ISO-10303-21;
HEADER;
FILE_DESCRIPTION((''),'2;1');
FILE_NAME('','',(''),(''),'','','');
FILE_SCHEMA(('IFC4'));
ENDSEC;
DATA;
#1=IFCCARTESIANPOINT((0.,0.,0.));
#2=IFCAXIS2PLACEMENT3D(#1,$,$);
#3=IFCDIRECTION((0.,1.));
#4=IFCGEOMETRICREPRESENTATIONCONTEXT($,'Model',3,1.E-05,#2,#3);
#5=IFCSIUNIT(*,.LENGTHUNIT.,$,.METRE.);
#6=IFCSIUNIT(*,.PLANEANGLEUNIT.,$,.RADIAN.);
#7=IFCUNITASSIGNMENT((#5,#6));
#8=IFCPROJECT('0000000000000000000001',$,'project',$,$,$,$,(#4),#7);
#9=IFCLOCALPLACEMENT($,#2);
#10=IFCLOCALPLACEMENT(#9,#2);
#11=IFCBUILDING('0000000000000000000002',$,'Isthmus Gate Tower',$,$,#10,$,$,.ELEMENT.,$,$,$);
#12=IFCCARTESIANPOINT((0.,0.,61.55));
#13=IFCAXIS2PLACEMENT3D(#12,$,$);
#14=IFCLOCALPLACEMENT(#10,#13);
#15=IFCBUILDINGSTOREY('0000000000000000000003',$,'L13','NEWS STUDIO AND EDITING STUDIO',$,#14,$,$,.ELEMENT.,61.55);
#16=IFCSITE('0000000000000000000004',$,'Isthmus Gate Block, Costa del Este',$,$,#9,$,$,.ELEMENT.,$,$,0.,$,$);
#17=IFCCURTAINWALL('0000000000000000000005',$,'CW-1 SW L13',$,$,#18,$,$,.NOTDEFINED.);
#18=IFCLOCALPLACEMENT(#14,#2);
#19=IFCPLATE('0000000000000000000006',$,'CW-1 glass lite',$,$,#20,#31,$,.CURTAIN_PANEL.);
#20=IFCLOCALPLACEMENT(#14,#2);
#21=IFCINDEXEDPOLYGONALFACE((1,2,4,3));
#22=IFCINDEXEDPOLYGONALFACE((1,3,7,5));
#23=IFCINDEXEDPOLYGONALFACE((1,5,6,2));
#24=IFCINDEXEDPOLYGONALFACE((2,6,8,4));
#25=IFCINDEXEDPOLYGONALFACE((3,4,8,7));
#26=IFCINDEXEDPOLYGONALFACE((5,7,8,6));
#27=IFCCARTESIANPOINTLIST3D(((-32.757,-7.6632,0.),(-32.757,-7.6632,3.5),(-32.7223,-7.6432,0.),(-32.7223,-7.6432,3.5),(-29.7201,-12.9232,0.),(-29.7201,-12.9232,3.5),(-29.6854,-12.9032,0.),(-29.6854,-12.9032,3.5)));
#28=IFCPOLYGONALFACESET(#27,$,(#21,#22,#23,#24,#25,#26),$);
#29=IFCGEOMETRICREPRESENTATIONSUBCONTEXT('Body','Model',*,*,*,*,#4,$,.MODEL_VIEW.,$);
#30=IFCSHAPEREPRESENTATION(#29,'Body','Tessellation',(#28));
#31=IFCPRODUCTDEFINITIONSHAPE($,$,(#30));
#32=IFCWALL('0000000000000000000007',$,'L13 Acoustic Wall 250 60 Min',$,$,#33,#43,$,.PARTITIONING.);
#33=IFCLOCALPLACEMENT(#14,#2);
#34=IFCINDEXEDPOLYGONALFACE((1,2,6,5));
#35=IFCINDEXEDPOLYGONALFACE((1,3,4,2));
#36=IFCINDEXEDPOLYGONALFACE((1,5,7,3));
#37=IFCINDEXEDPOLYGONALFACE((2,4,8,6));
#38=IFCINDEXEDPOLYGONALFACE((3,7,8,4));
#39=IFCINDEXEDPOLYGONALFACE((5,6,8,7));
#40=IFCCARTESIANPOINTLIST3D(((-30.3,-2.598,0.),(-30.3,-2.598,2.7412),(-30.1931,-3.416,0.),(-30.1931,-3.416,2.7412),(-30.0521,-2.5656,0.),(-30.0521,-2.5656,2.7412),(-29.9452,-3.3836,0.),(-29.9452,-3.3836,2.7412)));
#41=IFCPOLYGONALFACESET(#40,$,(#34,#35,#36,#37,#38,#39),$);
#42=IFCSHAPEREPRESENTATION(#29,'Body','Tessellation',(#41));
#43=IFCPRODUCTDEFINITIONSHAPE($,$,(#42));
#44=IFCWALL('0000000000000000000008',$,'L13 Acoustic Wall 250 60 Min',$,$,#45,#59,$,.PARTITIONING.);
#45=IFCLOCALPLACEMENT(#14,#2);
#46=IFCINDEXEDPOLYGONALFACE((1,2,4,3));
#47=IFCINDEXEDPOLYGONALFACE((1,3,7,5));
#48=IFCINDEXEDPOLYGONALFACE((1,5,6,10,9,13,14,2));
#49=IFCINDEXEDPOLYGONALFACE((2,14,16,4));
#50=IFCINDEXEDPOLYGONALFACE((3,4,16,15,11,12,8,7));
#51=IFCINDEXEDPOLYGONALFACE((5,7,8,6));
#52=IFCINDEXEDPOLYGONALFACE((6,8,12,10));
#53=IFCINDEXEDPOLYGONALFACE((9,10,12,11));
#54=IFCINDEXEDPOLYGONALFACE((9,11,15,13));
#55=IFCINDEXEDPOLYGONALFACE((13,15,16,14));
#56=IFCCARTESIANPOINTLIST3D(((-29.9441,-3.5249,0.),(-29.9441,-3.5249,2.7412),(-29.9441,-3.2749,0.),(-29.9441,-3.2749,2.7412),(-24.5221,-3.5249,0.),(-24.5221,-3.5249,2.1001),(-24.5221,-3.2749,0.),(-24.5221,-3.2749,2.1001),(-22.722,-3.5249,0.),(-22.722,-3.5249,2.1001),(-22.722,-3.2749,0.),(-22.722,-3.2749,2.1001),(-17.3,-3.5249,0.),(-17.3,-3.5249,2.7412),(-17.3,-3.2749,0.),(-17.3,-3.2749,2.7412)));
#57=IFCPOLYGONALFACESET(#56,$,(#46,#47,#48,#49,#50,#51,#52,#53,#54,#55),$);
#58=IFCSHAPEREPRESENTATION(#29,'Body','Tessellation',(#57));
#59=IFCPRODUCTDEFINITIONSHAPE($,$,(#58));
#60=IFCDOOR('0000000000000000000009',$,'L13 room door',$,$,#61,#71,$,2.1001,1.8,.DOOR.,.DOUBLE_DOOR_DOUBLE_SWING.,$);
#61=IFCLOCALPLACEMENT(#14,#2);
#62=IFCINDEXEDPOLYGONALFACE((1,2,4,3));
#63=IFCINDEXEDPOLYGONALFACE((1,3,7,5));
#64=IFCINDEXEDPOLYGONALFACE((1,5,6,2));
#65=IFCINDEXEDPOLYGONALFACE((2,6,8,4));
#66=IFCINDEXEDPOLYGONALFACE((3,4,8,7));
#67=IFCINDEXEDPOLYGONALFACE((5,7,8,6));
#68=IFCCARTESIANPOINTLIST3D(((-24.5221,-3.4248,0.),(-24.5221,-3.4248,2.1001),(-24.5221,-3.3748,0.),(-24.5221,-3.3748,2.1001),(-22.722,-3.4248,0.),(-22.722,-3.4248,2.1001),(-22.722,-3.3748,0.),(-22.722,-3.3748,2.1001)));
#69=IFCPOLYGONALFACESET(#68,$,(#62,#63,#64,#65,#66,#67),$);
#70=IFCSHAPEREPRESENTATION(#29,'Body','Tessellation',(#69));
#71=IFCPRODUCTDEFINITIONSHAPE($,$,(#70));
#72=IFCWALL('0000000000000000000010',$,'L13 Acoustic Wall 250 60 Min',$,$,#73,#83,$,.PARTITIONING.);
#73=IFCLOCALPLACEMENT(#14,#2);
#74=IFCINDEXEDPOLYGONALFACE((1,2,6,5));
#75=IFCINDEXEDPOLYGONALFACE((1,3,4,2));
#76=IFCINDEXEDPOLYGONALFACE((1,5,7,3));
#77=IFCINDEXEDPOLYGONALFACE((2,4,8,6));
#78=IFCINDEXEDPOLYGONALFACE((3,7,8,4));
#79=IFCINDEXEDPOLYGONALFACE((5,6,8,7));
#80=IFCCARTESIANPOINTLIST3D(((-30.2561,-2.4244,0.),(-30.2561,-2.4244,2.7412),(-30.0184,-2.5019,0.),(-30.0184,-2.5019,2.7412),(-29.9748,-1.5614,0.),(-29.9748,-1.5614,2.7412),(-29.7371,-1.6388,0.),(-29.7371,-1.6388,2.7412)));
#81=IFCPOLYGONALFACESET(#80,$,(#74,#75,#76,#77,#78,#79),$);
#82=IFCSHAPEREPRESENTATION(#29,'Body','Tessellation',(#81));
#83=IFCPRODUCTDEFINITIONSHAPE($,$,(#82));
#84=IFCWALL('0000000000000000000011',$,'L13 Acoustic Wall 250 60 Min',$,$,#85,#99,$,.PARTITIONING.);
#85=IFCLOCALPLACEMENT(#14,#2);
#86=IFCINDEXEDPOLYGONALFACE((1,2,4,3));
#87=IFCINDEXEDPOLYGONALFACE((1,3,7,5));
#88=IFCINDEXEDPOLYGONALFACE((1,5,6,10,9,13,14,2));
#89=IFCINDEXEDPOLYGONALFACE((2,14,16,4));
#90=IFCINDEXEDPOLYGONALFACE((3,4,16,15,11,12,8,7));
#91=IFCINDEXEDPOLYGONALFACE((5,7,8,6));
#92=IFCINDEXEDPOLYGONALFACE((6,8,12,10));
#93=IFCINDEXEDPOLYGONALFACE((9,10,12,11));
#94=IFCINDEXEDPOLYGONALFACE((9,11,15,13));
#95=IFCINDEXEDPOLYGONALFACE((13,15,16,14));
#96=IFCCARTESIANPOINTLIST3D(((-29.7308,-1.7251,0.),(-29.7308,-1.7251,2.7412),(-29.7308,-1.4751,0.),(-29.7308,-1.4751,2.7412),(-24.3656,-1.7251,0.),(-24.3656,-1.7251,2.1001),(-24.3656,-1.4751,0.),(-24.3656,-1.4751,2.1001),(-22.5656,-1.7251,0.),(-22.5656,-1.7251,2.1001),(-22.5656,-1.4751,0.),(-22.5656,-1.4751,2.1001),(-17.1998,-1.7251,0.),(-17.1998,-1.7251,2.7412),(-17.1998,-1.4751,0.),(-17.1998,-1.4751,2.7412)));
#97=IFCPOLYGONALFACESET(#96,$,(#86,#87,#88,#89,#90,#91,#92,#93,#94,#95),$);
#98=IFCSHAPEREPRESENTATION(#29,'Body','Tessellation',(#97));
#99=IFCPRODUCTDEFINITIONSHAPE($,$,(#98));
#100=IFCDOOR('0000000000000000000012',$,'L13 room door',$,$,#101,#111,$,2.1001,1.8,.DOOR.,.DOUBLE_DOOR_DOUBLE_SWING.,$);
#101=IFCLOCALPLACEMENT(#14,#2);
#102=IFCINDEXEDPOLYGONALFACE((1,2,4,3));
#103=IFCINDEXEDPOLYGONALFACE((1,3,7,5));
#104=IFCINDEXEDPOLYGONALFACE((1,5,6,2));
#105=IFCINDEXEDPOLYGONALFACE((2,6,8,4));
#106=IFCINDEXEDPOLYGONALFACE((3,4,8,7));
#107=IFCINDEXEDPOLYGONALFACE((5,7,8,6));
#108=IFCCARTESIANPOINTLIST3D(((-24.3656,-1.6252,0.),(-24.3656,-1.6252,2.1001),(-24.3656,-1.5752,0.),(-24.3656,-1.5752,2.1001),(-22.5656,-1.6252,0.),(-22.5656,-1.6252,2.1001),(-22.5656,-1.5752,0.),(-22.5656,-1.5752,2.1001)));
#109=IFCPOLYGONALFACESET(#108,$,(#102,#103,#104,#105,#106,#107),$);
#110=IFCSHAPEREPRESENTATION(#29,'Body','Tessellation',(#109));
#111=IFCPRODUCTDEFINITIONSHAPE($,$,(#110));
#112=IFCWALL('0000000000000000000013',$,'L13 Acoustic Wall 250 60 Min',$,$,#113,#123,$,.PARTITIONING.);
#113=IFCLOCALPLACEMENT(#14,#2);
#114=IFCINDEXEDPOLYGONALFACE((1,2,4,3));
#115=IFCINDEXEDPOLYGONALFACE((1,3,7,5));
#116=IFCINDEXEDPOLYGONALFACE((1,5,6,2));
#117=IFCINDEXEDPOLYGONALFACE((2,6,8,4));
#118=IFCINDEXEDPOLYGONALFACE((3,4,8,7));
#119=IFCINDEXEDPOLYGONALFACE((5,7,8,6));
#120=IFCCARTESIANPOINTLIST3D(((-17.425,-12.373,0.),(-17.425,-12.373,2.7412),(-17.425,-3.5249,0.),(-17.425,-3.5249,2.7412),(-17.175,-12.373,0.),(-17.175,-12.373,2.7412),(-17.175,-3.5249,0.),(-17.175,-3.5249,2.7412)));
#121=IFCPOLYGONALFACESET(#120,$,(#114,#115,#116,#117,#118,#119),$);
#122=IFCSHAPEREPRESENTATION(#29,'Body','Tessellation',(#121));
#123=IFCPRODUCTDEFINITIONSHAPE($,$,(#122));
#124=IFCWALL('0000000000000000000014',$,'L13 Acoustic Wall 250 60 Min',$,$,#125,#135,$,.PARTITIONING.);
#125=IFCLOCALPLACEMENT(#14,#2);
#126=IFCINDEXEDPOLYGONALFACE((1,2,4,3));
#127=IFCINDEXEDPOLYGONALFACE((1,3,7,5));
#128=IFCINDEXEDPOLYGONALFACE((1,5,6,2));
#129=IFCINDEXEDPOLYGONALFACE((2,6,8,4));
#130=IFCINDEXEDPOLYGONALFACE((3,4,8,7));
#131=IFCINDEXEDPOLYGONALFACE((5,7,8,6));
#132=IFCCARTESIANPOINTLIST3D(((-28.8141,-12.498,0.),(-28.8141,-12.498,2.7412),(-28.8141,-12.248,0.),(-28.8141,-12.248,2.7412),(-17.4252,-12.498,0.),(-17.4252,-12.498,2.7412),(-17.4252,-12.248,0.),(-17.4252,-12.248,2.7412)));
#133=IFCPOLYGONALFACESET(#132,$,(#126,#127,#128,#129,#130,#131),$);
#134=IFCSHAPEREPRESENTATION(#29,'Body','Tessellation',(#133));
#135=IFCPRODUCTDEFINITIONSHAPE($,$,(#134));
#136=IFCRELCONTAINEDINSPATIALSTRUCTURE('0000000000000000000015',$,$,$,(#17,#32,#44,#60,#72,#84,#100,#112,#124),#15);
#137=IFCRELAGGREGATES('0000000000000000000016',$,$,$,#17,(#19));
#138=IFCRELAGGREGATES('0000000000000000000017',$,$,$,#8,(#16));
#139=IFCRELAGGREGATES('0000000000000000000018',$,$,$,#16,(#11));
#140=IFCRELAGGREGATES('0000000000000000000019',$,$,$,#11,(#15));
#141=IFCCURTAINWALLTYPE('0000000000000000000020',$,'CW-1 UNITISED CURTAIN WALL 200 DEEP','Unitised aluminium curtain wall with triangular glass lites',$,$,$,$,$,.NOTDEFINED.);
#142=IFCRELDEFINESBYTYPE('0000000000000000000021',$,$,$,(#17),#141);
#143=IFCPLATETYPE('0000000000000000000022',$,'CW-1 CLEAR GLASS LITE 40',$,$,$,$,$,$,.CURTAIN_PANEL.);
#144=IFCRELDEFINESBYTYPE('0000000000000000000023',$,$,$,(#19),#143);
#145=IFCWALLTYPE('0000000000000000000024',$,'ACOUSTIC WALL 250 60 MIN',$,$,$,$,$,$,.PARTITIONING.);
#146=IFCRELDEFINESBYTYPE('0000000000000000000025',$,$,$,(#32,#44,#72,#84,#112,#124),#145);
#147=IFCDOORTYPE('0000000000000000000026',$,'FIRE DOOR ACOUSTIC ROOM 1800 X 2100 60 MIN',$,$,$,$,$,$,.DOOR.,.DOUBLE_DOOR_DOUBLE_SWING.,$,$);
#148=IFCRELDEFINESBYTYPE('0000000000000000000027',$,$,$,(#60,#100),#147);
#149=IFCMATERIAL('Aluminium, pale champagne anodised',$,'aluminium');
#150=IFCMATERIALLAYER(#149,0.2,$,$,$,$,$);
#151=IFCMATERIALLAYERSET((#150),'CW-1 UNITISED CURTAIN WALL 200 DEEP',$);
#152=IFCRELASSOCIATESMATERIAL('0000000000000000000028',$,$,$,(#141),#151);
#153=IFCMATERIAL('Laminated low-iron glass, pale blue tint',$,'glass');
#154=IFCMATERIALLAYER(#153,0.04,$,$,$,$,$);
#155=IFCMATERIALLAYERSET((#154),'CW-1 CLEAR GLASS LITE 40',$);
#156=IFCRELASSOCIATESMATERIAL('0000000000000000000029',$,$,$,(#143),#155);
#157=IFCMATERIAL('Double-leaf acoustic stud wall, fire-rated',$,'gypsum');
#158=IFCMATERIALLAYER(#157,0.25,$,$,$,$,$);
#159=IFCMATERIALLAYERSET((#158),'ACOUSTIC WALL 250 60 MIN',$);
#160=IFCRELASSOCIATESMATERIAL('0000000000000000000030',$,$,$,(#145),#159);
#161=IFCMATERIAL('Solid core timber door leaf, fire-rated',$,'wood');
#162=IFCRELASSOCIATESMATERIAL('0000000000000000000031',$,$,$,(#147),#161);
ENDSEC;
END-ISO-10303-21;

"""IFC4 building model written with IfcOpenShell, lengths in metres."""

from ifc_helpers import new_model, si_unit, direction, frame, frame_2d, origin, origin_2d, place, context, subcontext, project, spatial, rectangle, extrude, material, layer, layer_set, type_object, element, fill, aggregate, save


model = new_model("IFC4")

# Units and contexts
model_context = context("Model", 3, precision=1e-05, world=origin(), true_north=direction((0.0, 1.0)))
body_context = subcontext(model_context, "Body", "Model", "MODEL_VIEW")
ifc_project = project(units=[si_unit("LENGTHUNIT", "METRE"), si_unit("PLANEANGLEUNIT", "RADIAN")], contexts=[model_context])

# Site, building, storey
site_placement = place(None, origin())
site = spatial("IfcSite", under=ifc_project, at=site_placement, Name="Isthmus Gate Block, Costa del Este", CompositionType="ELEMENT", RefElevation=0.0)
building_placement = place(site_placement, origin())
building = spatial("IfcBuilding", under=site, at=building_placement, Name="Isthmus Gate Tower", CompositionType="ELEMENT")
storey_placement = place(building_placement, frame((0.0, 0.0, 61.55)))
storey = spatial("IfcBuildingStorey", under=building, at=storey_placement, Name="L13", Description="NEWS STUDIO AND EDITING STUDIO", CompositionType="ELEMENT", Elevation=61.55)

# Curtain wall
ifc_material_1 = material(Name="Aluminium, pale champagne anodised", Category="aluminium")
ifc_layer_1 = layer(ifc_material_1, 0.2)
ifc_layer_set_1 = layer_set([ifc_layer_1], Name="CW-1 UNITISED CURTAIN WALL 200 DEEP")
curtain_wall_type = type_object("IfcCurtainWallType", Name="CW-1 UNITISED CURTAIN WALL 200 DEEP", Description="Unitised aluminium curtain wall with triangular glass lites", PredefinedType="NOTDEFINED", material=ifc_layer_set_1)
curtain_wall_1_placement = place(storey_placement, origin())
curtain_wall_1 = element("IfcCurtainWall", 1, at=curtain_wall_1_placement, inside=storey, type_object=curtain_wall_type, Name="CW-1 SW L13", PredefinedType="NOTDEFINED")

# Shared definitions
ifc_material_2 = material(Name="Laminated low-iron glass, pale blue tint", Category="glass")
ifc_layer_2 = layer(ifc_material_2, 0.04)
ifc_layer_set_2 = layer_set([ifc_layer_2], Name="CW-1 CLEAR GLASS LITE 40")
plate_type = type_object("IfcPlateType", Name="CW-1 CLEAR GLASS LITE 40", PredefinedType="CURTAIN_PANEL", material=ifc_layer_set_2)

# Plate
plate_1_placement = place(storey_placement, frame((-31.2212, -10.2832, 0.0), z_axis=(0.0, 0.0, 1.0), x_axis=(0.5, -0.866025, 0.0)))
plate_1 = element("IfcPlate", 2, at=plate_1_placement, type_object=plate_type, Name="CW-1 glass lite", PredefinedType="CURTAIN_PANEL", context=body_context, shape_type="SweptSolid", body=[
    extrude(rectangle(XDim=6.0737, YDim=0.04, at=origin_2d()), origin(), (0.0, 0.0, 1.0), 3.5),
])
aggregate(curtain_wall_1, [plate_1])

# Wall
ifc_material_3 = material(Name="Double-leaf acoustic stud wall, fire-rated", Category="gypsum")
ifc_layer_3 = layer(ifc_material_3, 0.25)
ifc_layer_set_3 = layer_set([ifc_layer_3], Name="ACOUSTIC WALL 250 60 MIN")
wall_type = type_object("IfcWallType", Name="ACOUSTIC WALL 250 60 MIN", PredefinedType="PARTITIONING", material=ifc_layer_set_3)
wall_1_placement = place(storey_placement, frame((-30.0691, -3.3999, 0.0), z_axis=(0.0, 0.0, 1.0), x_axis=(-0.129643, 0.991561, 0.0)))
element("IfcWall", 3, at=wall_1_placement, inside=storey, type_object=wall_type, Name="L13 Acoustic Wall 250 60 Min", PredefinedType="PARTITIONING", context=body_context, shape_type="SweptSolid", body=[
    extrude(rectangle(XDim=0.825, YDim=0.25, at=frame_2d((0.4126, 0.0))), origin(), (0.0, 0.0, 1.0), 2.7412),
])

# Wall, opening, door
wall_2_placement = place(storey_placement, frame((-17.3, -3.3999, 0.0), z_axis=(0.0, 0.0, 1.0), x_axis=(-1.0, 0.0, 0.0)))
wall_2 = element("IfcWall", 4, at=wall_2_placement, inside=storey, type_object=wall_type, Name="L13 Acoustic Wall 250 60 Min", PredefinedType="PARTITIONING", context=body_context, shape_type="SweptSolid", body=[
    extrude(rectangle(XDim=12.644, YDim=0.25, at=frame_2d((6.322, 0.0))), origin(), (0.0, 0.0, 1.0), 2.7412),
])
opening_1_placement = place(wall_2_placement, frame((5.4221, 0.0, 0.0)))
opening_1 = element("IfcOpeningElement", 5, at=opening_1_placement, cuts=wall_2, PredefinedType="OPENING", context=body_context, shape_type="SweptSolid", body=[
    extrude(rectangle(XDim=1.8, YDim=2.1001, at=frame_2d((0.8999, 1.05))), frame((0.0, 0.135, 0.0), z_axis=(0.0, -1.0, 0.0), x_axis=(1.0, 0.0, 0.0)), (0.0, 0.0, 1.0), 0.27),
])
ifc_material_4 = material(Name="Solid core timber door leaf, fire-rated", Category="wood")
door_type = type_object("IfcDoorType", Name="FIRE DOOR ACOUSTIC ROOM 1800 X 2100 60 MIN", OperationType="DOUBLE_DOOR_DOUBLE_SWING", PredefinedType="DOOR", material=ifc_material_4)
door_1_placement = place(opening_1_placement, origin())
door_1 = element("IfcDoor", 6, at=door_1_placement, inside=storey, type_object=door_type, Name="L13 room door", OperationType="DOUBLE_DOOR_DOUBLE_SWING", OverallHeight=2.1001, OverallWidth=1.8, PredefinedType="DOOR", context=body_context, shape_type="SweptSolid", body=[
    extrude(rectangle(XDim=1.8, YDim=2.1001, at=frame_2d((0.8999, 1.05))), frame((0.0, 0.0249, 0.0), z_axis=(0.0, -1.0, 0.0), x_axis=(1.0, 0.0, 0.0)), (0.0, 0.0, 1.0), 0.05),
])
fill(opening_1, door_1)

# Wall
wall_3_placement = place(storey_placement, frame((-30.1372, -2.4631, 0.0), z_axis=(0.0, 0.0, 1.0), x_axis=(0.309846, 0.950787, 0.0)))
element("IfcWall", 7, at=wall_3_placement, inside=storey, type_object=wall_type, Name="L13 Acoustic Wall 250 60 Min", PredefinedType="PARTITIONING", context=body_context, shape_type="SweptSolid", body=[
    extrude(rectangle(XDim=0.9077, YDim=0.25, at=frame_2d((0.4539, 0.0))), origin(), (0.0, 0.0, 1.0), 2.7412),
])

# Wall, opening, door
wall_4_placement = place(storey_placement, frame((-29.731, -1.6001, 0.0), z_axis=(0.0, 0.0, 1.0), x_axis=(1.0, 0.0, 0.0)))
wall_4 = element("IfcWall", 8, at=wall_4_placement, inside=storey, type_object=wall_type, Name="L13 Acoustic Wall 250 60 Min", PredefinedType="PARTITIONING", context=body_context, shape_type="SweptSolid", body=[
    extrude(rectangle(XDim=12.531, YDim=0.25, at=frame_2d((6.2656, 0.0))), origin(), (0.0, 0.0, 1.0), 2.7412),
])
opening_2_placement = place(wall_4_placement, frame((5.3655, 0.0, 0.0)))
opening_2 = element("IfcOpeningElement", 9, at=opening_2_placement, cuts=wall_4, PredefinedType="OPENING", context=body_context, shape_type="SweptSolid", body=[
    extrude(rectangle(XDim=1.8, YDim=2.1001, at=frame_2d((0.8999, 1.05))), frame((0.0, 0.135, 0.0), z_axis=(0.0, -1.0, 0.0), x_axis=(1.0, 0.0, 0.0)), (0.0, 0.0, 1.0), 0.27),
])
door_2_placement = place(opening_2_placement, origin())
door_2 = element("IfcDoor", 10, at=door_2_placement, inside=storey, type_object=door_type, Name="L13 room door", OperationType="DOUBLE_DOOR_DOUBLE_SWING", OverallHeight=2.1001, OverallWidth=1.8, PredefinedType="DOOR", context=body_context, shape_type="SweptSolid", body=[
    extrude(rectangle(XDim=1.8, YDim=2.1001, at=frame_2d((0.8999, 1.05))), frame((0.0, 0.0249, 0.0), z_axis=(0.0, -1.0, 0.0), x_axis=(1.0, 0.0, 0.0)), (0.0, 0.0, 1.0), 0.05),
])
fill(opening_2, door_2)

# Walls
wall_5_placement = place(storey_placement, frame((-17.3, -12.373, 0.0), z_axis=(0.0, 0.0, 1.0), x_axis=(0.0, 1.0, 0.0)))
element("IfcWall", 11, at=wall_5_placement, inside=storey, type_object=wall_type, Name="L13 Acoustic Wall 250 60 Min", PredefinedType="PARTITIONING", context=body_context, shape_type="SweptSolid", body=[
    extrude(rectangle(XDim=8.8481, YDim=0.25, at=frame_2d((4.4241, 0.0))), origin(), (0.0, 0.0, 1.0), 2.7412),
])
wall_6_placement = place(storey_placement, frame((-28.814, -12.373, 0.0), z_axis=(0.0, 0.0, 1.0), x_axis=(1.0, 0.0, 0.0)))
element("IfcWall", 12, at=wall_6_placement, inside=storey, type_object=wall_type, Name="L13 Acoustic Wall 250 60 Min", PredefinedType="PARTITIONING", context=body_context, shape_type="SweptSolid", body=[
    extrude(rectangle(XDim=11.3889, YDim=0.25, at=frame_2d((5.6943, 0.0))), origin(), (0.0, 0.0, 1.0), 2.7412),
])

save(model, "model.ifc")
